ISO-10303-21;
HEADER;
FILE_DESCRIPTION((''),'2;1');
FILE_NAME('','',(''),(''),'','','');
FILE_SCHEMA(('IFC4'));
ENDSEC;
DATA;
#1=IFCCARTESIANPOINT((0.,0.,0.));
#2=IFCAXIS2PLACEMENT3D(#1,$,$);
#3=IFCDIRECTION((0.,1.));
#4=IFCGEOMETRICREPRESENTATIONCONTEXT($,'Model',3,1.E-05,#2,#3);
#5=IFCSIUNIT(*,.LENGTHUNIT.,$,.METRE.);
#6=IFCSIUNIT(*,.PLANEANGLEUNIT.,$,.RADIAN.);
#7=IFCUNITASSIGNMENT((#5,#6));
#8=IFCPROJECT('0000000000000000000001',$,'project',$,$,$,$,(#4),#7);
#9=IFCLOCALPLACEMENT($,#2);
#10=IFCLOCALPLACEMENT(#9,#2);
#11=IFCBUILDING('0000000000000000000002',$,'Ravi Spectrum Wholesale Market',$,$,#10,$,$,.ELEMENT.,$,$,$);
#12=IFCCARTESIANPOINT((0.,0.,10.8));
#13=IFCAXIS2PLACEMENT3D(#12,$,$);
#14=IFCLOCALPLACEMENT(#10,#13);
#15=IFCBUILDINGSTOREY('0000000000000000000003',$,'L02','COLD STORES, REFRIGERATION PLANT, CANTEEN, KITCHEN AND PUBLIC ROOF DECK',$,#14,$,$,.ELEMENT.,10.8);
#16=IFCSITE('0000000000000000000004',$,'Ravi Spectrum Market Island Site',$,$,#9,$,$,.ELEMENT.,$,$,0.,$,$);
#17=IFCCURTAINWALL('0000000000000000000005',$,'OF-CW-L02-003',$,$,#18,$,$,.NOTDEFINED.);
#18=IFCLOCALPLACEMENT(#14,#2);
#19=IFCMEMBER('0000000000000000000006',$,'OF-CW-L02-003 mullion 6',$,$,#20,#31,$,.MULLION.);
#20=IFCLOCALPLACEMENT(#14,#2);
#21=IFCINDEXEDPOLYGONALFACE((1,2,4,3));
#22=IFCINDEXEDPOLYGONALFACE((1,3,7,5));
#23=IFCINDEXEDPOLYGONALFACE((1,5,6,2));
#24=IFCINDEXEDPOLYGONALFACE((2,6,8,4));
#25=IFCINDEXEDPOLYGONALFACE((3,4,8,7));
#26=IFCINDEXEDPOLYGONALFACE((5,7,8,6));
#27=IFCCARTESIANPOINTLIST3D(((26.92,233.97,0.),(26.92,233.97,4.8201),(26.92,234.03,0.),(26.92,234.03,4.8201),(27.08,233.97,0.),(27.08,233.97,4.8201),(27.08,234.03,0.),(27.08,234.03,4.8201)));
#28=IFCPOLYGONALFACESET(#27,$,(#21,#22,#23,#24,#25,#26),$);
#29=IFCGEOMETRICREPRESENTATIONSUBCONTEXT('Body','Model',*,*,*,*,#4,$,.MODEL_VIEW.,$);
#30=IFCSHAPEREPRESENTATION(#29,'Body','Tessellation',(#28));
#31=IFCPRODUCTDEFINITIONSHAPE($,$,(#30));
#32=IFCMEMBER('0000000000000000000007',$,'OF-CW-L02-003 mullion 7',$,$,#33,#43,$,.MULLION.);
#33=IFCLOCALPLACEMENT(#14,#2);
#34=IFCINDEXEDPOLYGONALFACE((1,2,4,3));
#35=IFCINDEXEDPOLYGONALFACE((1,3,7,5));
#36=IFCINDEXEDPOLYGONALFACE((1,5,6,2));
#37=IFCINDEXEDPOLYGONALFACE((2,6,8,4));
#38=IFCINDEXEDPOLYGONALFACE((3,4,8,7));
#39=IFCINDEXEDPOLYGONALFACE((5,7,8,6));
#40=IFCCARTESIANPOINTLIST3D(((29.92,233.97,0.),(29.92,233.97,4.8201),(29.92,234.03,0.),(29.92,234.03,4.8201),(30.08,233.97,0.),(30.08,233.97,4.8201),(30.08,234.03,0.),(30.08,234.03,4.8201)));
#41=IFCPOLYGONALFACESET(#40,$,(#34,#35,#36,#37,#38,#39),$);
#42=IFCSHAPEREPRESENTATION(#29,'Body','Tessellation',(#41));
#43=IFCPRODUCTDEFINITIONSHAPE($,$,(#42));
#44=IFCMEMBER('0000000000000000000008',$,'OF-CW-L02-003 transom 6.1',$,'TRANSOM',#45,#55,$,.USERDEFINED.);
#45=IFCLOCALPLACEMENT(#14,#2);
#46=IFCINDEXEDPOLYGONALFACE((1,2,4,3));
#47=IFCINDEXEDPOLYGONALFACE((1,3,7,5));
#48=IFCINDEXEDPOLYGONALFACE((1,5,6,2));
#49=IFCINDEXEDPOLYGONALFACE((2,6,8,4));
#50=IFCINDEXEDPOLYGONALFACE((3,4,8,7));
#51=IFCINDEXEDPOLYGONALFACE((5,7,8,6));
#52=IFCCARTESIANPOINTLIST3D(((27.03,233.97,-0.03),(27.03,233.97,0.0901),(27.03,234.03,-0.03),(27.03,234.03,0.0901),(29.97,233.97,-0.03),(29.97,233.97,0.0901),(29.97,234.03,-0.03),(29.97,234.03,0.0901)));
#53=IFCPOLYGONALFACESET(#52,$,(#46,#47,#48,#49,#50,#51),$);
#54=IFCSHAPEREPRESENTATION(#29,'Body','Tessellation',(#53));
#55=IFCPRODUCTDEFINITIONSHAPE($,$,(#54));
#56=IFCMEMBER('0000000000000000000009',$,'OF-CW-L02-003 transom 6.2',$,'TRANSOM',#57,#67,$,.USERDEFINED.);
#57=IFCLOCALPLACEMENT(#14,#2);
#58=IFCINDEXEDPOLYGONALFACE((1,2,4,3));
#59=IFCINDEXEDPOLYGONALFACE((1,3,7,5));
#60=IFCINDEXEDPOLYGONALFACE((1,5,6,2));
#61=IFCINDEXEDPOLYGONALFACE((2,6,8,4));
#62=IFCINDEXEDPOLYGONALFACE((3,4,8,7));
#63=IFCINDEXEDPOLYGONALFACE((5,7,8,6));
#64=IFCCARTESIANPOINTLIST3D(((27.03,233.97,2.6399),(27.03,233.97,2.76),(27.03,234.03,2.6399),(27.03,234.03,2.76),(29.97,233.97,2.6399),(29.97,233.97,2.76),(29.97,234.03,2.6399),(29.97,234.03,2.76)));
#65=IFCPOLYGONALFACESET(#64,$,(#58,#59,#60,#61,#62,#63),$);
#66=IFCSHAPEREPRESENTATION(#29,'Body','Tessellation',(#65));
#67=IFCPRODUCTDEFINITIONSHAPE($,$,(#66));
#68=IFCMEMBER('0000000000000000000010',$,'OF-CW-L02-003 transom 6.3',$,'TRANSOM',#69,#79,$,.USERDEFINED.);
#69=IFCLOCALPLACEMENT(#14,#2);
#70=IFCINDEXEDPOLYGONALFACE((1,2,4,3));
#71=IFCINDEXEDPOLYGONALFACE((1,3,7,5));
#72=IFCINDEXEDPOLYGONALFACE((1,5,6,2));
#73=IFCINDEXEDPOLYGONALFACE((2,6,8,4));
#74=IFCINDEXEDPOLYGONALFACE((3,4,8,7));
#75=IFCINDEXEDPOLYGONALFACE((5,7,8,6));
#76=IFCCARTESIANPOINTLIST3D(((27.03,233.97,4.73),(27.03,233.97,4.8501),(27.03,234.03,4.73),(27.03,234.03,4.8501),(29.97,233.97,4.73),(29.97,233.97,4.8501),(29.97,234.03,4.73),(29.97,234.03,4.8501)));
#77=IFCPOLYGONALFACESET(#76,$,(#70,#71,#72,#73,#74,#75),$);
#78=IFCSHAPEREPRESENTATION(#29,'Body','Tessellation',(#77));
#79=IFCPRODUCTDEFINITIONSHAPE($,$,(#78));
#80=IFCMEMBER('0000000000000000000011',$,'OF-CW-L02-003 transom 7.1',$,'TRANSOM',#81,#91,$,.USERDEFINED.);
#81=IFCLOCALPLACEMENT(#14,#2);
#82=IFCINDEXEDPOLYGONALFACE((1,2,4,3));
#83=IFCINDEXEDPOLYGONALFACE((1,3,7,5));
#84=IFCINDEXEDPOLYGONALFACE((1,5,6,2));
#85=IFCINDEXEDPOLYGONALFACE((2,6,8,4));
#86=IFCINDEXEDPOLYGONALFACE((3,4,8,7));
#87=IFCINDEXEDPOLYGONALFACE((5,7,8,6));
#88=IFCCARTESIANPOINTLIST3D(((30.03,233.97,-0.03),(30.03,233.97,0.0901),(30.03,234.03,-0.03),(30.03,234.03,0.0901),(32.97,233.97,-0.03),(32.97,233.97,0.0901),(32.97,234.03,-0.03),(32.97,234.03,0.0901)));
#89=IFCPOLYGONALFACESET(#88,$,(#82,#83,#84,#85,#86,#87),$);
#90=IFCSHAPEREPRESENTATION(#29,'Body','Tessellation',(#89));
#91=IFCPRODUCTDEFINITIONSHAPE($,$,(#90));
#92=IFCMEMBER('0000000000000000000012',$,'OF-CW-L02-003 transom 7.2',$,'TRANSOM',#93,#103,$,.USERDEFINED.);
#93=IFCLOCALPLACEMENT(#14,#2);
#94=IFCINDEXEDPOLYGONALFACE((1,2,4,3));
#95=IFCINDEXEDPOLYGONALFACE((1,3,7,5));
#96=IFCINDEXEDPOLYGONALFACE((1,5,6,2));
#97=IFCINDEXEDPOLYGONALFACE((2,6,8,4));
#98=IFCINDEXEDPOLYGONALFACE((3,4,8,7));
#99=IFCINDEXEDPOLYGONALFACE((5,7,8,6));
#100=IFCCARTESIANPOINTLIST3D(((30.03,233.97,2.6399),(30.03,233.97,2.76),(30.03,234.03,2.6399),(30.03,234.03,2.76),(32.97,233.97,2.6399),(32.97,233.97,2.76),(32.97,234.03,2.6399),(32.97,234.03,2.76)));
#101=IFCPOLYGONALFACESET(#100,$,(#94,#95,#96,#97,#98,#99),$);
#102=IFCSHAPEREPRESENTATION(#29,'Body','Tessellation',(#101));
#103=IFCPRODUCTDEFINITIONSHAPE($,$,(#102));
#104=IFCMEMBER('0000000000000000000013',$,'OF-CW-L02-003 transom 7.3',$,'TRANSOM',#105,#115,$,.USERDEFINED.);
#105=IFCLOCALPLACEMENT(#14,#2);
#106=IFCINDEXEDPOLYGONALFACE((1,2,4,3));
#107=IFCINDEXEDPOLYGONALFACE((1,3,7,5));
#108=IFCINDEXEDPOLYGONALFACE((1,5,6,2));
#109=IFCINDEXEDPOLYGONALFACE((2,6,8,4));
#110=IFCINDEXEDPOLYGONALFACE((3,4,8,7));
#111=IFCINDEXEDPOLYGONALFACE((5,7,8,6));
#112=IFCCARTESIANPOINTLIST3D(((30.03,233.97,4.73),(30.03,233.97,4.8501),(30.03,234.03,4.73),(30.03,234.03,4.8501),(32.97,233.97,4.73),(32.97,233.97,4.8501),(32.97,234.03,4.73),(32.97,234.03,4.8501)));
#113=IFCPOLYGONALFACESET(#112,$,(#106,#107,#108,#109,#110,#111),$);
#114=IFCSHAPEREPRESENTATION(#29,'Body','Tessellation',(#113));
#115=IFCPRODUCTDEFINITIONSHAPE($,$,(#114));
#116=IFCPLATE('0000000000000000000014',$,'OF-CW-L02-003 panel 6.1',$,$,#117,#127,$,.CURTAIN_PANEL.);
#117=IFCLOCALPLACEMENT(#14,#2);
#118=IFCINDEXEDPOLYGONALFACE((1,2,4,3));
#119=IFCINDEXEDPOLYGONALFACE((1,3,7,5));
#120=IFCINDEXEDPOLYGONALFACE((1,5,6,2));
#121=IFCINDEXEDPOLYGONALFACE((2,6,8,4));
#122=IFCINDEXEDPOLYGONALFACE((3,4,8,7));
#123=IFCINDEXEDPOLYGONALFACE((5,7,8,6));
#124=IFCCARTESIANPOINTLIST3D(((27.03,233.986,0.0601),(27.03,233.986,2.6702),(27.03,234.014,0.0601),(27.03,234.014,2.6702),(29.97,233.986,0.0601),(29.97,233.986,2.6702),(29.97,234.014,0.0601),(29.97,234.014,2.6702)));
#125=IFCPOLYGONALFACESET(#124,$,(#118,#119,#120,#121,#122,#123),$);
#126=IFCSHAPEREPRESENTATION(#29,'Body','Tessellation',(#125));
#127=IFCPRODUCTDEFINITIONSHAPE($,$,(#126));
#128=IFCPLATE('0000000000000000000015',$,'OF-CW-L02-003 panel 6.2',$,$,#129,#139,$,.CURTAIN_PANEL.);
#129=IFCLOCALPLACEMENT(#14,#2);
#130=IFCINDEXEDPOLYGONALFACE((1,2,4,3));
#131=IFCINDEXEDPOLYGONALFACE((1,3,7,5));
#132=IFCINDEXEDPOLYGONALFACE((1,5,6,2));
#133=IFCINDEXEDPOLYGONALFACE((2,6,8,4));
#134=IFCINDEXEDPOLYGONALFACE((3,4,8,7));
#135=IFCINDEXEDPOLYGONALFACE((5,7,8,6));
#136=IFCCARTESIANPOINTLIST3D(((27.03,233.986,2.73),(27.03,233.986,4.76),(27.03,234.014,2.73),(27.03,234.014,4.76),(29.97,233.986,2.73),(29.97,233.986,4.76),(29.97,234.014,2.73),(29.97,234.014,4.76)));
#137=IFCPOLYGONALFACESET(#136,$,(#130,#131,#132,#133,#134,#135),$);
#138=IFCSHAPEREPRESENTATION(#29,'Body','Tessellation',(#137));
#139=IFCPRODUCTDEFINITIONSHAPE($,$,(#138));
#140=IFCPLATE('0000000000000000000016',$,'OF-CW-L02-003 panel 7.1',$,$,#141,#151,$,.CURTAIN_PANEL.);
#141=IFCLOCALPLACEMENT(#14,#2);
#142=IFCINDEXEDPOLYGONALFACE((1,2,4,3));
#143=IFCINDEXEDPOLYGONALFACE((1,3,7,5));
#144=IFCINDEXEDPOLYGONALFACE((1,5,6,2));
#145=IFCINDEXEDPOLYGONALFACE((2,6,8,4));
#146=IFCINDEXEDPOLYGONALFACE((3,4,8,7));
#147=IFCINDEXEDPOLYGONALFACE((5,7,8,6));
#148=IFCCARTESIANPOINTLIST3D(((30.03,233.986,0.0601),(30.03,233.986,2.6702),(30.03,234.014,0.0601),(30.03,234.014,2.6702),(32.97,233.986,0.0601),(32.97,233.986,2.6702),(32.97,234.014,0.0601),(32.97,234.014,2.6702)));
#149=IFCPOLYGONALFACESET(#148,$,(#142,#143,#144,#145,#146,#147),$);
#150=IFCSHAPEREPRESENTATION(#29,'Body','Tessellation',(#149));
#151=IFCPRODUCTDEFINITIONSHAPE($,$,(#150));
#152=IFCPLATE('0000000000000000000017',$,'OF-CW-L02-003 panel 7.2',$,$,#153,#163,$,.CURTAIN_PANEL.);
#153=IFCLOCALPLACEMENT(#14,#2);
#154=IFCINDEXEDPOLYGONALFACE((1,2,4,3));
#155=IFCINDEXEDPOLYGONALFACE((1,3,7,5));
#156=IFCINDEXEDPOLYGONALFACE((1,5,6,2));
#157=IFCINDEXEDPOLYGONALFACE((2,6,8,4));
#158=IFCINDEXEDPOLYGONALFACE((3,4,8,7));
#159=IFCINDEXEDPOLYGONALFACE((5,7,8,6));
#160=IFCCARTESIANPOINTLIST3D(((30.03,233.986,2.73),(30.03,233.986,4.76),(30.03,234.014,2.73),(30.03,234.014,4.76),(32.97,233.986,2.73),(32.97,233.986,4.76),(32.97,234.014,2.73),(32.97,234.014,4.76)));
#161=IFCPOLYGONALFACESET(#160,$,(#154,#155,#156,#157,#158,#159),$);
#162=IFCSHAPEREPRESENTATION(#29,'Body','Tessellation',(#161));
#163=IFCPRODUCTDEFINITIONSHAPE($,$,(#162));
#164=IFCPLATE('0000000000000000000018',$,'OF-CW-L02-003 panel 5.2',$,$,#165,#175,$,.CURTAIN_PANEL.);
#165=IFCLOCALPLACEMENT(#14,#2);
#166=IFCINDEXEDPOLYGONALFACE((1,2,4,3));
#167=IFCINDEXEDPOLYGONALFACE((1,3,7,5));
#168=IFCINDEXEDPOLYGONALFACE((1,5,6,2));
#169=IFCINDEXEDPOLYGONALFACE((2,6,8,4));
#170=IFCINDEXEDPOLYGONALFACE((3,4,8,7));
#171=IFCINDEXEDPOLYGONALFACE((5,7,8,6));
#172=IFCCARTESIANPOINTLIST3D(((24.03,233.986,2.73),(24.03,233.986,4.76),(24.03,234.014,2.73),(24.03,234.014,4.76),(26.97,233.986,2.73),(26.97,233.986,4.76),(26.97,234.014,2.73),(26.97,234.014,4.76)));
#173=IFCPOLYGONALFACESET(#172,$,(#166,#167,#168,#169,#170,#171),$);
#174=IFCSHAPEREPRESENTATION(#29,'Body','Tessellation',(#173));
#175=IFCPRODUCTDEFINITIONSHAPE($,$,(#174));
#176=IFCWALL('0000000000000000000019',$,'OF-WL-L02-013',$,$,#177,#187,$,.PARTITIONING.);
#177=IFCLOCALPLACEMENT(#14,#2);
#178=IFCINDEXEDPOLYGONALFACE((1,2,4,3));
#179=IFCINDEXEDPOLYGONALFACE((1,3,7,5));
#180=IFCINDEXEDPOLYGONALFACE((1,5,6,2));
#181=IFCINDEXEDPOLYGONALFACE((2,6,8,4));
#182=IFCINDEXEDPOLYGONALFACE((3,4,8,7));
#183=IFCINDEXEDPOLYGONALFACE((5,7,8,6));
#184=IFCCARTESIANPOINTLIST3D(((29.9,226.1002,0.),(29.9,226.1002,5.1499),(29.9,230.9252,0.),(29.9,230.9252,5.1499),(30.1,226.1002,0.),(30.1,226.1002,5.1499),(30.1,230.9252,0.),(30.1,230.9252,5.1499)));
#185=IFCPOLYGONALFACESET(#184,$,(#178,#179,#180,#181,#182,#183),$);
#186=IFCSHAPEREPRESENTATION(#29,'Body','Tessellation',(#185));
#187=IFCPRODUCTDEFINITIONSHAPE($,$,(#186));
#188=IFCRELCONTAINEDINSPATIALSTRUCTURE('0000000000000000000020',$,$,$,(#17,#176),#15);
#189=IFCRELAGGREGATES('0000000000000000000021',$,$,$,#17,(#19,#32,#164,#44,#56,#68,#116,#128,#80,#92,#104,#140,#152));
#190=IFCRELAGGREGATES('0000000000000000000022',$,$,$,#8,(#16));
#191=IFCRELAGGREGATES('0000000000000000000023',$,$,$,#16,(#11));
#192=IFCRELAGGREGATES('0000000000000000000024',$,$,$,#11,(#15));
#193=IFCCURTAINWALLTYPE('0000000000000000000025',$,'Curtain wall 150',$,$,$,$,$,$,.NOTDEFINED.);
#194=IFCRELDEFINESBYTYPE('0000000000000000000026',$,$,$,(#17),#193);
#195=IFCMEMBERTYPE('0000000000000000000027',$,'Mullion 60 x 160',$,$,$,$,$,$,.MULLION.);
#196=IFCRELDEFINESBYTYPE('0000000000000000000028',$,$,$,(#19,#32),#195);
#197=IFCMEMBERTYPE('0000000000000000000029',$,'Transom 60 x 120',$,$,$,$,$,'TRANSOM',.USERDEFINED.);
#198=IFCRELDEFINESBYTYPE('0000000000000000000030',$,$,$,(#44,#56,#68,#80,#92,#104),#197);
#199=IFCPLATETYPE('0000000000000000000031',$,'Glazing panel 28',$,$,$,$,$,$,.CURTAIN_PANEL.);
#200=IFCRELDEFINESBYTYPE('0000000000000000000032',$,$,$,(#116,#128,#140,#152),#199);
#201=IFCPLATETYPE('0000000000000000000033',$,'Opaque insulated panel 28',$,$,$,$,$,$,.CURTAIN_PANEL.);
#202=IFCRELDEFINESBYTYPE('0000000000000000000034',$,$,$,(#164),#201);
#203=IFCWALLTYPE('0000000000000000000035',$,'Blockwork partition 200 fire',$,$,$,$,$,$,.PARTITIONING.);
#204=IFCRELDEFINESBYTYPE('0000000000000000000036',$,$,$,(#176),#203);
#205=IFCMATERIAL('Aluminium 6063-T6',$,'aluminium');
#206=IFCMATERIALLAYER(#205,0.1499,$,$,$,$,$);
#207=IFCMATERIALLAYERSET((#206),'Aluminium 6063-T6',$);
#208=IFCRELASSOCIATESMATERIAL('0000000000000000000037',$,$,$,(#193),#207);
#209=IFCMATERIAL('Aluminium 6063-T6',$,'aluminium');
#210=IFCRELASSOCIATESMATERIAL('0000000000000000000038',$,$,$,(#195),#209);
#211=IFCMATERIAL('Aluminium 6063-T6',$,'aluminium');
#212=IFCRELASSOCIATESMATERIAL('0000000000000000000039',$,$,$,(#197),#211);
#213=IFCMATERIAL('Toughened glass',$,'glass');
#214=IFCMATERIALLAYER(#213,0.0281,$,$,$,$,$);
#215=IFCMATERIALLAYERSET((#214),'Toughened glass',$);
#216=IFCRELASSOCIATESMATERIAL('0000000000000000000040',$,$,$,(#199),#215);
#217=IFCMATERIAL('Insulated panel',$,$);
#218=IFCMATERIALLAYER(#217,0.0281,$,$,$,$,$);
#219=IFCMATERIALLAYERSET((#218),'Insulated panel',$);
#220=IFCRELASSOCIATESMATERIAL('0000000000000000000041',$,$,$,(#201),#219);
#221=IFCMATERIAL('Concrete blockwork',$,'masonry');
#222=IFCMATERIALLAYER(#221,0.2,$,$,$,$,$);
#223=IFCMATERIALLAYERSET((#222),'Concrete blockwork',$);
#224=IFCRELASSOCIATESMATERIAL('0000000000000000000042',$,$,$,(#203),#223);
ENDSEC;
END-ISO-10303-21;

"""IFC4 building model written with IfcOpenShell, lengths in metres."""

from ifc_helpers import new_model, si_unit, direction, frame, frame_2d, origin, origin_2d, place, context, subcontext, project, spatial, rectangle, extrude, material, layer, layer_set, material_profile, profile_set, type_object, element, aggregate, save


model = new_model("IFC4")

# Units and contexts
model_context = context("Model", 3, precision=1e-05, world=origin(), true_north=direction((0.0, 1.0)))
body_context = subcontext(model_context, "Body", "Model", "MODEL_VIEW")
ifc_project = project(units=[si_unit("LENGTHUNIT", "METRE"), si_unit("PLANEANGLEUNIT", "RADIAN")], contexts=[model_context])

# Site, building, storey
site_placement = place(None, origin())
site = spatial("IfcSite", under=ifc_project, at=site_placement, Name="Ravi Spectrum Market Island Site", CompositionType="ELEMENT", RefElevation=0.0)
building_placement = place(site_placement, origin())
building = spatial("IfcBuilding", under=site, at=building_placement, Name="Ravi Spectrum Wholesale Market", CompositionType="ELEMENT")
storey_placement = place(building_placement, frame((0.0, 0.0, 10.8)))
storey = spatial("IfcBuildingStorey", under=building, at=storey_placement, Name="L02", Description="COLD STORES, REFRIGERATION PLANT, CANTEEN, KITCHEN AND PUBLIC ROOF DECK", CompositionType="ELEMENT", Elevation=10.8)

# Curtain wall, members, plates
ifc_material_1 = material(Name="Aluminium 6063-T6", Category="aluminium")
ifc_layer_1 = layer(ifc_material_1, 0.1499)
ifc_layer_set_1 = layer_set([ifc_layer_1], Name="Aluminium 6063-T6")
curtain_wall_type = type_object("IfcCurtainWallType", Name="Curtain wall 150", PredefinedType="NOTDEFINED", material=ifc_layer_set_1)
curtain_wall_placement = place(storey_placement, origin())
curtain_wall = element("IfcCurtainWall", 1, at=curtain_wall_placement, inside=storey, type_object=curtain_wall_type, Name="OF-CW-L02-003", PredefinedType="NOTDEFINED")
ifc_material_2 = material(Name="Aluminium 6063-T6", Category="aluminium")
ifc_material_profile_1 = material_profile(ifc_material_2, rectangle(XDim=0.0601, YDim=0.1599, at=origin_2d()))
ifc_profile_set_1 = profile_set([ifc_material_profile_1], Name="Aluminium 6063-T6")
member_type_1 = type_object("IfcMemberType", Name="Mullion 60 x 160", PredefinedType="MULLION", material=ifc_profile_set_1)
member_1_placement = place(storey_placement, frame((27.0, 234.0, 0.0), z_axis=(0.0, 0.0, 1.0), x_axis=(0.0, 1.0, 0.0)))
member_1 = element("IfcMember", 2, at=member_1_placement, type_object=member_type_1, Name="OF-CW-L02-003 mullion 6", PredefinedType="MULLION", context=body_context, shape_type="SweptSolid", body=[
    extrude(rectangle(XDim=0.0601, YDim=0.1599, at=origin_2d()), origin(), (0.0, 0.0, 1.0), 4.8201),
])
member_2_placement = place(storey_placement, frame((30.0, 234.0, 0.0), z_axis=(0.0, 0.0, 1.0), x_axis=(0.0, 1.0, 0.0)))
member_2 = element("IfcMember", 3, at=member_2_placement, type_object=member_type_1, Name="OF-CW-L02-003 mullion 7", PredefinedType="MULLION", context=body_context, shape_type="SweptSolid", body=[
    extrude(rectangle(XDim=0.0601, YDim=0.1599, at=origin_2d()), origin(), (0.0, 0.0, 1.0), 4.8201),
])
ifc_material_3 = material(Name="Aluminium 6063-T6", Category="aluminium")
ifc_material_profile_2 = material_profile(ifc_material_3, rectangle(XDim=0.0601, YDim=0.1201, at=origin_2d()))
ifc_profile_set_2 = profile_set([ifc_material_profile_2], Name="Aluminium 6063-T6")
member_type_2 = type_object("IfcMemberType", Name="Transom 60 x 120", ElementType="TRANSOM", PredefinedType="USERDEFINED", material=ifc_profile_set_2)
member_3_placement = place(storey_placement, frame((27.03, 234.0, 0.03), z_axis=(1.0, 0.0, 0.0), x_axis=(0.0, 1.0, 0.0)))
member_3 = element("IfcMember", 4, at=member_3_placement, type_object=member_type_2, Name="OF-CW-L02-003 transom 6.1", ObjectType="TRANSOM", PredefinedType="USERDEFINED", context=body_context, shape_type="SweptSolid", body=[
    extrude(rectangle(XDim=0.0601, YDim=0.1201, at=origin_2d()), origin(), (0.0, 0.0, 1.0), 2.9399),
])
member_4_placement = place(storey_placement, frame((27.03, 234.0, 2.7), z_axis=(1.0, 0.0, 0.0), x_axis=(0.0, 1.0, 0.0)))
member_4 = element("IfcMember", 5, at=member_4_placement, type_object=member_type_2, Name="OF-CW-L02-003 transom 6.2", ObjectType="TRANSOM", PredefinedType="USERDEFINED", context=body_context, shape_type="SweptSolid", body=[
    extrude(rectangle(XDim=0.0601, YDim=0.1201, at=origin_2d()), origin(), (0.0, 0.0, 1.0), 2.9399),
])
member_5_placement = place(storey_placement, frame((27.03, 234.0, 4.79), z_axis=(1.0, 0.0, 0.0), x_axis=(0.0, 1.0, 0.0)))
member_5 = element("IfcMember", 6, at=member_5_placement, type_object=member_type_2, Name="OF-CW-L02-003 transom 6.3", ObjectType="TRANSOM", PredefinedType="USERDEFINED", context=body_context, shape_type="SweptSolid", body=[
    extrude(rectangle(XDim=0.0601, YDim=0.1201, at=origin_2d()), origin(), (0.0, 0.0, 1.0), 2.9399),
])
member_6_placement = place(storey_placement, frame((30.03, 234.0, 0.03), z_axis=(1.0, 0.0, 0.0), x_axis=(0.0, 1.0, 0.0)))
member_6 = element("IfcMember", 7, at=member_6_placement, type_object=member_type_2, Name="OF-CW-L02-003 transom 7.1", ObjectType="TRANSOM", PredefinedType="USERDEFINED", context=body_context, shape_type="SweptSolid", body=[
    extrude(rectangle(XDim=0.0601, YDim=0.1201, at=origin_2d()), origin(), (0.0, 0.0, 1.0), 2.9399),
])
member_7_placement = place(storey_placement, frame((30.03, 234.0, 2.7), z_axis=(1.0, 0.0, 0.0), x_axis=(0.0, 1.0, 0.0)))
member_7 = element("IfcMember", 8, at=member_7_placement, type_object=member_type_2, Name="OF-CW-L02-003 transom 7.2", ObjectType="TRANSOM", PredefinedType="USERDEFINED", context=body_context, shape_type="SweptSolid", body=[
    extrude(rectangle(XDim=0.0601, YDim=0.1201, at=origin_2d()), origin(), (0.0, 0.0, 1.0), 2.9399),
])
member_8_placement = place(storey_placement, frame((30.03, 234.0, 4.79), z_axis=(1.0, 0.0, 0.0), x_axis=(0.0, 1.0, 0.0)))
member_8 = element("IfcMember", 9, at=member_8_placement, type_object=member_type_2, Name="OF-CW-L02-003 transom 7.3", ObjectType="TRANSOM", PredefinedType="USERDEFINED", context=body_context, shape_type="SweptSolid", body=[
    extrude(rectangle(XDim=0.0601, YDim=0.1201, at=origin_2d()), origin(), (0.0, 0.0, 1.0), 2.9399),
])
ifc_material_4 = material(Name="Toughened glass", Category="glass")
ifc_layer_2 = layer(ifc_material_4, 0.0281)
ifc_layer_set_2 = layer_set([ifc_layer_2], Name="Toughened glass")
plate_type_1 = type_object("IfcPlateType", Name="Glazing panel 28", PredefinedType="CURTAIN_PANEL", material=ifc_layer_set_2)
plate_1_placement = place(storey_placement, frame((28.5, 234.0, 0.0601), z_axis=(0.0, 0.0, 1.0), x_axis=(1.0, 0.0, 0.0)))
plate_1 = element("IfcPlate", 10, at=plate_1_placement, type_object=plate_type_1, Name="OF-CW-L02-003 panel 6.1", PredefinedType="CURTAIN_PANEL", context=body_context, shape_type="SweptSolid", body=[
    extrude(rectangle(XDim=2.9399, YDim=0.0281, at=origin_2d()), origin(), (0.0, 0.0, 1.0), 2.6101),
])
plate_2_placement = place(storey_placement, frame((28.5, 234.0, 2.73), z_axis=(0.0, 0.0, 1.0), x_axis=(1.0, 0.0, 0.0)))
plate_2 = element("IfcPlate", 11, at=plate_2_placement, type_object=plate_type_1, Name="OF-CW-L02-003 panel 6.2", PredefinedType="CURTAIN_PANEL", context=body_context, shape_type="SweptSolid", body=[
    extrude(rectangle(XDim=2.9399, YDim=0.0281, at=origin_2d()), origin(), (0.0, 0.0, 1.0), 2.03),
])
plate_3_placement = place(storey_placement, frame((31.5, 234.0, 0.0601), z_axis=(0.0, 0.0, 1.0), x_axis=(1.0, 0.0, 0.0)))
plate_3 = element("IfcPlate", 12, at=plate_3_placement, type_object=plate_type_1, Name="OF-CW-L02-003 panel 7.1", PredefinedType="CURTAIN_PANEL", context=body_context, shape_type="SweptSolid", body=[
    extrude(rectangle(XDim=2.9399, YDim=0.0281, at=origin_2d()), origin(), (0.0, 0.0, 1.0), 2.6101),
])
plate_4_placement = place(storey_placement, frame((31.5, 234.0, 2.73), z_axis=(0.0, 0.0, 1.0), x_axis=(1.0, 0.0, 0.0)))
plate_4 = element("IfcPlate", 13, at=plate_4_placement, type_object=plate_type_1, Name="OF-CW-L02-003 panel 7.2", PredefinedType="CURTAIN_PANEL", context=body_context, shape_type="SweptSolid", body=[
    extrude(rectangle(XDim=2.9399, YDim=0.0281, at=origin_2d()), origin(), (0.0, 0.0, 1.0), 2.03),
])
ifc_material_5 = material(Name="Insulated panel")
ifc_layer_3 = layer(ifc_material_5, 0.0281)
ifc_layer_set_3 = layer_set([ifc_layer_3], Name="Insulated panel")
plate_type_2 = type_object("IfcPlateType", Name="Opaque insulated panel 28", PredefinedType="CURTAIN_PANEL", material=ifc_layer_set_3)
plate_5_placement = place(storey_placement, frame((25.5, 234.0, 2.73), z_axis=(0.0, 0.0, 1.0), x_axis=(1.0, 0.0, 0.0)))
plate_5 = element("IfcPlate", 14, at=plate_5_placement, type_object=plate_type_2, Name="OF-CW-L02-003 panel 5.2", PredefinedType="CURTAIN_PANEL", context=body_context, shape_type="SweptSolid", body=[
    extrude(rectangle(XDim=2.9399, YDim=0.0281, at=origin_2d()), origin(), (0.0, 0.0, 1.0), 2.03),
])
aggregate(curtain_wall, [member_1, member_2, plate_5, member_3, member_4, member_5, plate_1, plate_2, member_6, member_7, member_8, plate_3, plate_4])

# Wall
ifc_material_6 = material(Name="Concrete blockwork", Category="masonry")
ifc_layer_4 = layer(ifc_material_6, 0.2)
ifc_layer_set_4 = layer_set([ifc_layer_4], Name="Concrete blockwork")
wall_type_1 = type_object("IfcWallType", Name="Blockwork partition 200 fire", PredefinedType="PARTITIONING", material=ifc_layer_set_4)
wall_1_placement = place(storey_placement, frame((30.0, 226.1001, 0.0), z_axis=(0.0, 0.0, 1.0), x_axis=(0.0, 1.0, 0.0)))
element("IfcWall", 15, at=wall_1_placement, inside=storey, type_object=wall_type_1, Name="OF-WL-L02-013", PredefinedType="PARTITIONING", context=body_context, shape_type="SweptSolid", body=[
    extrude(rectangle(XDim=4.825, YDim=0.2, at=frame_2d((2.4126, 0.0))), origin(), (0.0, 0.0, 1.0), 5.1499),
])

save(model, "model.ifc")
